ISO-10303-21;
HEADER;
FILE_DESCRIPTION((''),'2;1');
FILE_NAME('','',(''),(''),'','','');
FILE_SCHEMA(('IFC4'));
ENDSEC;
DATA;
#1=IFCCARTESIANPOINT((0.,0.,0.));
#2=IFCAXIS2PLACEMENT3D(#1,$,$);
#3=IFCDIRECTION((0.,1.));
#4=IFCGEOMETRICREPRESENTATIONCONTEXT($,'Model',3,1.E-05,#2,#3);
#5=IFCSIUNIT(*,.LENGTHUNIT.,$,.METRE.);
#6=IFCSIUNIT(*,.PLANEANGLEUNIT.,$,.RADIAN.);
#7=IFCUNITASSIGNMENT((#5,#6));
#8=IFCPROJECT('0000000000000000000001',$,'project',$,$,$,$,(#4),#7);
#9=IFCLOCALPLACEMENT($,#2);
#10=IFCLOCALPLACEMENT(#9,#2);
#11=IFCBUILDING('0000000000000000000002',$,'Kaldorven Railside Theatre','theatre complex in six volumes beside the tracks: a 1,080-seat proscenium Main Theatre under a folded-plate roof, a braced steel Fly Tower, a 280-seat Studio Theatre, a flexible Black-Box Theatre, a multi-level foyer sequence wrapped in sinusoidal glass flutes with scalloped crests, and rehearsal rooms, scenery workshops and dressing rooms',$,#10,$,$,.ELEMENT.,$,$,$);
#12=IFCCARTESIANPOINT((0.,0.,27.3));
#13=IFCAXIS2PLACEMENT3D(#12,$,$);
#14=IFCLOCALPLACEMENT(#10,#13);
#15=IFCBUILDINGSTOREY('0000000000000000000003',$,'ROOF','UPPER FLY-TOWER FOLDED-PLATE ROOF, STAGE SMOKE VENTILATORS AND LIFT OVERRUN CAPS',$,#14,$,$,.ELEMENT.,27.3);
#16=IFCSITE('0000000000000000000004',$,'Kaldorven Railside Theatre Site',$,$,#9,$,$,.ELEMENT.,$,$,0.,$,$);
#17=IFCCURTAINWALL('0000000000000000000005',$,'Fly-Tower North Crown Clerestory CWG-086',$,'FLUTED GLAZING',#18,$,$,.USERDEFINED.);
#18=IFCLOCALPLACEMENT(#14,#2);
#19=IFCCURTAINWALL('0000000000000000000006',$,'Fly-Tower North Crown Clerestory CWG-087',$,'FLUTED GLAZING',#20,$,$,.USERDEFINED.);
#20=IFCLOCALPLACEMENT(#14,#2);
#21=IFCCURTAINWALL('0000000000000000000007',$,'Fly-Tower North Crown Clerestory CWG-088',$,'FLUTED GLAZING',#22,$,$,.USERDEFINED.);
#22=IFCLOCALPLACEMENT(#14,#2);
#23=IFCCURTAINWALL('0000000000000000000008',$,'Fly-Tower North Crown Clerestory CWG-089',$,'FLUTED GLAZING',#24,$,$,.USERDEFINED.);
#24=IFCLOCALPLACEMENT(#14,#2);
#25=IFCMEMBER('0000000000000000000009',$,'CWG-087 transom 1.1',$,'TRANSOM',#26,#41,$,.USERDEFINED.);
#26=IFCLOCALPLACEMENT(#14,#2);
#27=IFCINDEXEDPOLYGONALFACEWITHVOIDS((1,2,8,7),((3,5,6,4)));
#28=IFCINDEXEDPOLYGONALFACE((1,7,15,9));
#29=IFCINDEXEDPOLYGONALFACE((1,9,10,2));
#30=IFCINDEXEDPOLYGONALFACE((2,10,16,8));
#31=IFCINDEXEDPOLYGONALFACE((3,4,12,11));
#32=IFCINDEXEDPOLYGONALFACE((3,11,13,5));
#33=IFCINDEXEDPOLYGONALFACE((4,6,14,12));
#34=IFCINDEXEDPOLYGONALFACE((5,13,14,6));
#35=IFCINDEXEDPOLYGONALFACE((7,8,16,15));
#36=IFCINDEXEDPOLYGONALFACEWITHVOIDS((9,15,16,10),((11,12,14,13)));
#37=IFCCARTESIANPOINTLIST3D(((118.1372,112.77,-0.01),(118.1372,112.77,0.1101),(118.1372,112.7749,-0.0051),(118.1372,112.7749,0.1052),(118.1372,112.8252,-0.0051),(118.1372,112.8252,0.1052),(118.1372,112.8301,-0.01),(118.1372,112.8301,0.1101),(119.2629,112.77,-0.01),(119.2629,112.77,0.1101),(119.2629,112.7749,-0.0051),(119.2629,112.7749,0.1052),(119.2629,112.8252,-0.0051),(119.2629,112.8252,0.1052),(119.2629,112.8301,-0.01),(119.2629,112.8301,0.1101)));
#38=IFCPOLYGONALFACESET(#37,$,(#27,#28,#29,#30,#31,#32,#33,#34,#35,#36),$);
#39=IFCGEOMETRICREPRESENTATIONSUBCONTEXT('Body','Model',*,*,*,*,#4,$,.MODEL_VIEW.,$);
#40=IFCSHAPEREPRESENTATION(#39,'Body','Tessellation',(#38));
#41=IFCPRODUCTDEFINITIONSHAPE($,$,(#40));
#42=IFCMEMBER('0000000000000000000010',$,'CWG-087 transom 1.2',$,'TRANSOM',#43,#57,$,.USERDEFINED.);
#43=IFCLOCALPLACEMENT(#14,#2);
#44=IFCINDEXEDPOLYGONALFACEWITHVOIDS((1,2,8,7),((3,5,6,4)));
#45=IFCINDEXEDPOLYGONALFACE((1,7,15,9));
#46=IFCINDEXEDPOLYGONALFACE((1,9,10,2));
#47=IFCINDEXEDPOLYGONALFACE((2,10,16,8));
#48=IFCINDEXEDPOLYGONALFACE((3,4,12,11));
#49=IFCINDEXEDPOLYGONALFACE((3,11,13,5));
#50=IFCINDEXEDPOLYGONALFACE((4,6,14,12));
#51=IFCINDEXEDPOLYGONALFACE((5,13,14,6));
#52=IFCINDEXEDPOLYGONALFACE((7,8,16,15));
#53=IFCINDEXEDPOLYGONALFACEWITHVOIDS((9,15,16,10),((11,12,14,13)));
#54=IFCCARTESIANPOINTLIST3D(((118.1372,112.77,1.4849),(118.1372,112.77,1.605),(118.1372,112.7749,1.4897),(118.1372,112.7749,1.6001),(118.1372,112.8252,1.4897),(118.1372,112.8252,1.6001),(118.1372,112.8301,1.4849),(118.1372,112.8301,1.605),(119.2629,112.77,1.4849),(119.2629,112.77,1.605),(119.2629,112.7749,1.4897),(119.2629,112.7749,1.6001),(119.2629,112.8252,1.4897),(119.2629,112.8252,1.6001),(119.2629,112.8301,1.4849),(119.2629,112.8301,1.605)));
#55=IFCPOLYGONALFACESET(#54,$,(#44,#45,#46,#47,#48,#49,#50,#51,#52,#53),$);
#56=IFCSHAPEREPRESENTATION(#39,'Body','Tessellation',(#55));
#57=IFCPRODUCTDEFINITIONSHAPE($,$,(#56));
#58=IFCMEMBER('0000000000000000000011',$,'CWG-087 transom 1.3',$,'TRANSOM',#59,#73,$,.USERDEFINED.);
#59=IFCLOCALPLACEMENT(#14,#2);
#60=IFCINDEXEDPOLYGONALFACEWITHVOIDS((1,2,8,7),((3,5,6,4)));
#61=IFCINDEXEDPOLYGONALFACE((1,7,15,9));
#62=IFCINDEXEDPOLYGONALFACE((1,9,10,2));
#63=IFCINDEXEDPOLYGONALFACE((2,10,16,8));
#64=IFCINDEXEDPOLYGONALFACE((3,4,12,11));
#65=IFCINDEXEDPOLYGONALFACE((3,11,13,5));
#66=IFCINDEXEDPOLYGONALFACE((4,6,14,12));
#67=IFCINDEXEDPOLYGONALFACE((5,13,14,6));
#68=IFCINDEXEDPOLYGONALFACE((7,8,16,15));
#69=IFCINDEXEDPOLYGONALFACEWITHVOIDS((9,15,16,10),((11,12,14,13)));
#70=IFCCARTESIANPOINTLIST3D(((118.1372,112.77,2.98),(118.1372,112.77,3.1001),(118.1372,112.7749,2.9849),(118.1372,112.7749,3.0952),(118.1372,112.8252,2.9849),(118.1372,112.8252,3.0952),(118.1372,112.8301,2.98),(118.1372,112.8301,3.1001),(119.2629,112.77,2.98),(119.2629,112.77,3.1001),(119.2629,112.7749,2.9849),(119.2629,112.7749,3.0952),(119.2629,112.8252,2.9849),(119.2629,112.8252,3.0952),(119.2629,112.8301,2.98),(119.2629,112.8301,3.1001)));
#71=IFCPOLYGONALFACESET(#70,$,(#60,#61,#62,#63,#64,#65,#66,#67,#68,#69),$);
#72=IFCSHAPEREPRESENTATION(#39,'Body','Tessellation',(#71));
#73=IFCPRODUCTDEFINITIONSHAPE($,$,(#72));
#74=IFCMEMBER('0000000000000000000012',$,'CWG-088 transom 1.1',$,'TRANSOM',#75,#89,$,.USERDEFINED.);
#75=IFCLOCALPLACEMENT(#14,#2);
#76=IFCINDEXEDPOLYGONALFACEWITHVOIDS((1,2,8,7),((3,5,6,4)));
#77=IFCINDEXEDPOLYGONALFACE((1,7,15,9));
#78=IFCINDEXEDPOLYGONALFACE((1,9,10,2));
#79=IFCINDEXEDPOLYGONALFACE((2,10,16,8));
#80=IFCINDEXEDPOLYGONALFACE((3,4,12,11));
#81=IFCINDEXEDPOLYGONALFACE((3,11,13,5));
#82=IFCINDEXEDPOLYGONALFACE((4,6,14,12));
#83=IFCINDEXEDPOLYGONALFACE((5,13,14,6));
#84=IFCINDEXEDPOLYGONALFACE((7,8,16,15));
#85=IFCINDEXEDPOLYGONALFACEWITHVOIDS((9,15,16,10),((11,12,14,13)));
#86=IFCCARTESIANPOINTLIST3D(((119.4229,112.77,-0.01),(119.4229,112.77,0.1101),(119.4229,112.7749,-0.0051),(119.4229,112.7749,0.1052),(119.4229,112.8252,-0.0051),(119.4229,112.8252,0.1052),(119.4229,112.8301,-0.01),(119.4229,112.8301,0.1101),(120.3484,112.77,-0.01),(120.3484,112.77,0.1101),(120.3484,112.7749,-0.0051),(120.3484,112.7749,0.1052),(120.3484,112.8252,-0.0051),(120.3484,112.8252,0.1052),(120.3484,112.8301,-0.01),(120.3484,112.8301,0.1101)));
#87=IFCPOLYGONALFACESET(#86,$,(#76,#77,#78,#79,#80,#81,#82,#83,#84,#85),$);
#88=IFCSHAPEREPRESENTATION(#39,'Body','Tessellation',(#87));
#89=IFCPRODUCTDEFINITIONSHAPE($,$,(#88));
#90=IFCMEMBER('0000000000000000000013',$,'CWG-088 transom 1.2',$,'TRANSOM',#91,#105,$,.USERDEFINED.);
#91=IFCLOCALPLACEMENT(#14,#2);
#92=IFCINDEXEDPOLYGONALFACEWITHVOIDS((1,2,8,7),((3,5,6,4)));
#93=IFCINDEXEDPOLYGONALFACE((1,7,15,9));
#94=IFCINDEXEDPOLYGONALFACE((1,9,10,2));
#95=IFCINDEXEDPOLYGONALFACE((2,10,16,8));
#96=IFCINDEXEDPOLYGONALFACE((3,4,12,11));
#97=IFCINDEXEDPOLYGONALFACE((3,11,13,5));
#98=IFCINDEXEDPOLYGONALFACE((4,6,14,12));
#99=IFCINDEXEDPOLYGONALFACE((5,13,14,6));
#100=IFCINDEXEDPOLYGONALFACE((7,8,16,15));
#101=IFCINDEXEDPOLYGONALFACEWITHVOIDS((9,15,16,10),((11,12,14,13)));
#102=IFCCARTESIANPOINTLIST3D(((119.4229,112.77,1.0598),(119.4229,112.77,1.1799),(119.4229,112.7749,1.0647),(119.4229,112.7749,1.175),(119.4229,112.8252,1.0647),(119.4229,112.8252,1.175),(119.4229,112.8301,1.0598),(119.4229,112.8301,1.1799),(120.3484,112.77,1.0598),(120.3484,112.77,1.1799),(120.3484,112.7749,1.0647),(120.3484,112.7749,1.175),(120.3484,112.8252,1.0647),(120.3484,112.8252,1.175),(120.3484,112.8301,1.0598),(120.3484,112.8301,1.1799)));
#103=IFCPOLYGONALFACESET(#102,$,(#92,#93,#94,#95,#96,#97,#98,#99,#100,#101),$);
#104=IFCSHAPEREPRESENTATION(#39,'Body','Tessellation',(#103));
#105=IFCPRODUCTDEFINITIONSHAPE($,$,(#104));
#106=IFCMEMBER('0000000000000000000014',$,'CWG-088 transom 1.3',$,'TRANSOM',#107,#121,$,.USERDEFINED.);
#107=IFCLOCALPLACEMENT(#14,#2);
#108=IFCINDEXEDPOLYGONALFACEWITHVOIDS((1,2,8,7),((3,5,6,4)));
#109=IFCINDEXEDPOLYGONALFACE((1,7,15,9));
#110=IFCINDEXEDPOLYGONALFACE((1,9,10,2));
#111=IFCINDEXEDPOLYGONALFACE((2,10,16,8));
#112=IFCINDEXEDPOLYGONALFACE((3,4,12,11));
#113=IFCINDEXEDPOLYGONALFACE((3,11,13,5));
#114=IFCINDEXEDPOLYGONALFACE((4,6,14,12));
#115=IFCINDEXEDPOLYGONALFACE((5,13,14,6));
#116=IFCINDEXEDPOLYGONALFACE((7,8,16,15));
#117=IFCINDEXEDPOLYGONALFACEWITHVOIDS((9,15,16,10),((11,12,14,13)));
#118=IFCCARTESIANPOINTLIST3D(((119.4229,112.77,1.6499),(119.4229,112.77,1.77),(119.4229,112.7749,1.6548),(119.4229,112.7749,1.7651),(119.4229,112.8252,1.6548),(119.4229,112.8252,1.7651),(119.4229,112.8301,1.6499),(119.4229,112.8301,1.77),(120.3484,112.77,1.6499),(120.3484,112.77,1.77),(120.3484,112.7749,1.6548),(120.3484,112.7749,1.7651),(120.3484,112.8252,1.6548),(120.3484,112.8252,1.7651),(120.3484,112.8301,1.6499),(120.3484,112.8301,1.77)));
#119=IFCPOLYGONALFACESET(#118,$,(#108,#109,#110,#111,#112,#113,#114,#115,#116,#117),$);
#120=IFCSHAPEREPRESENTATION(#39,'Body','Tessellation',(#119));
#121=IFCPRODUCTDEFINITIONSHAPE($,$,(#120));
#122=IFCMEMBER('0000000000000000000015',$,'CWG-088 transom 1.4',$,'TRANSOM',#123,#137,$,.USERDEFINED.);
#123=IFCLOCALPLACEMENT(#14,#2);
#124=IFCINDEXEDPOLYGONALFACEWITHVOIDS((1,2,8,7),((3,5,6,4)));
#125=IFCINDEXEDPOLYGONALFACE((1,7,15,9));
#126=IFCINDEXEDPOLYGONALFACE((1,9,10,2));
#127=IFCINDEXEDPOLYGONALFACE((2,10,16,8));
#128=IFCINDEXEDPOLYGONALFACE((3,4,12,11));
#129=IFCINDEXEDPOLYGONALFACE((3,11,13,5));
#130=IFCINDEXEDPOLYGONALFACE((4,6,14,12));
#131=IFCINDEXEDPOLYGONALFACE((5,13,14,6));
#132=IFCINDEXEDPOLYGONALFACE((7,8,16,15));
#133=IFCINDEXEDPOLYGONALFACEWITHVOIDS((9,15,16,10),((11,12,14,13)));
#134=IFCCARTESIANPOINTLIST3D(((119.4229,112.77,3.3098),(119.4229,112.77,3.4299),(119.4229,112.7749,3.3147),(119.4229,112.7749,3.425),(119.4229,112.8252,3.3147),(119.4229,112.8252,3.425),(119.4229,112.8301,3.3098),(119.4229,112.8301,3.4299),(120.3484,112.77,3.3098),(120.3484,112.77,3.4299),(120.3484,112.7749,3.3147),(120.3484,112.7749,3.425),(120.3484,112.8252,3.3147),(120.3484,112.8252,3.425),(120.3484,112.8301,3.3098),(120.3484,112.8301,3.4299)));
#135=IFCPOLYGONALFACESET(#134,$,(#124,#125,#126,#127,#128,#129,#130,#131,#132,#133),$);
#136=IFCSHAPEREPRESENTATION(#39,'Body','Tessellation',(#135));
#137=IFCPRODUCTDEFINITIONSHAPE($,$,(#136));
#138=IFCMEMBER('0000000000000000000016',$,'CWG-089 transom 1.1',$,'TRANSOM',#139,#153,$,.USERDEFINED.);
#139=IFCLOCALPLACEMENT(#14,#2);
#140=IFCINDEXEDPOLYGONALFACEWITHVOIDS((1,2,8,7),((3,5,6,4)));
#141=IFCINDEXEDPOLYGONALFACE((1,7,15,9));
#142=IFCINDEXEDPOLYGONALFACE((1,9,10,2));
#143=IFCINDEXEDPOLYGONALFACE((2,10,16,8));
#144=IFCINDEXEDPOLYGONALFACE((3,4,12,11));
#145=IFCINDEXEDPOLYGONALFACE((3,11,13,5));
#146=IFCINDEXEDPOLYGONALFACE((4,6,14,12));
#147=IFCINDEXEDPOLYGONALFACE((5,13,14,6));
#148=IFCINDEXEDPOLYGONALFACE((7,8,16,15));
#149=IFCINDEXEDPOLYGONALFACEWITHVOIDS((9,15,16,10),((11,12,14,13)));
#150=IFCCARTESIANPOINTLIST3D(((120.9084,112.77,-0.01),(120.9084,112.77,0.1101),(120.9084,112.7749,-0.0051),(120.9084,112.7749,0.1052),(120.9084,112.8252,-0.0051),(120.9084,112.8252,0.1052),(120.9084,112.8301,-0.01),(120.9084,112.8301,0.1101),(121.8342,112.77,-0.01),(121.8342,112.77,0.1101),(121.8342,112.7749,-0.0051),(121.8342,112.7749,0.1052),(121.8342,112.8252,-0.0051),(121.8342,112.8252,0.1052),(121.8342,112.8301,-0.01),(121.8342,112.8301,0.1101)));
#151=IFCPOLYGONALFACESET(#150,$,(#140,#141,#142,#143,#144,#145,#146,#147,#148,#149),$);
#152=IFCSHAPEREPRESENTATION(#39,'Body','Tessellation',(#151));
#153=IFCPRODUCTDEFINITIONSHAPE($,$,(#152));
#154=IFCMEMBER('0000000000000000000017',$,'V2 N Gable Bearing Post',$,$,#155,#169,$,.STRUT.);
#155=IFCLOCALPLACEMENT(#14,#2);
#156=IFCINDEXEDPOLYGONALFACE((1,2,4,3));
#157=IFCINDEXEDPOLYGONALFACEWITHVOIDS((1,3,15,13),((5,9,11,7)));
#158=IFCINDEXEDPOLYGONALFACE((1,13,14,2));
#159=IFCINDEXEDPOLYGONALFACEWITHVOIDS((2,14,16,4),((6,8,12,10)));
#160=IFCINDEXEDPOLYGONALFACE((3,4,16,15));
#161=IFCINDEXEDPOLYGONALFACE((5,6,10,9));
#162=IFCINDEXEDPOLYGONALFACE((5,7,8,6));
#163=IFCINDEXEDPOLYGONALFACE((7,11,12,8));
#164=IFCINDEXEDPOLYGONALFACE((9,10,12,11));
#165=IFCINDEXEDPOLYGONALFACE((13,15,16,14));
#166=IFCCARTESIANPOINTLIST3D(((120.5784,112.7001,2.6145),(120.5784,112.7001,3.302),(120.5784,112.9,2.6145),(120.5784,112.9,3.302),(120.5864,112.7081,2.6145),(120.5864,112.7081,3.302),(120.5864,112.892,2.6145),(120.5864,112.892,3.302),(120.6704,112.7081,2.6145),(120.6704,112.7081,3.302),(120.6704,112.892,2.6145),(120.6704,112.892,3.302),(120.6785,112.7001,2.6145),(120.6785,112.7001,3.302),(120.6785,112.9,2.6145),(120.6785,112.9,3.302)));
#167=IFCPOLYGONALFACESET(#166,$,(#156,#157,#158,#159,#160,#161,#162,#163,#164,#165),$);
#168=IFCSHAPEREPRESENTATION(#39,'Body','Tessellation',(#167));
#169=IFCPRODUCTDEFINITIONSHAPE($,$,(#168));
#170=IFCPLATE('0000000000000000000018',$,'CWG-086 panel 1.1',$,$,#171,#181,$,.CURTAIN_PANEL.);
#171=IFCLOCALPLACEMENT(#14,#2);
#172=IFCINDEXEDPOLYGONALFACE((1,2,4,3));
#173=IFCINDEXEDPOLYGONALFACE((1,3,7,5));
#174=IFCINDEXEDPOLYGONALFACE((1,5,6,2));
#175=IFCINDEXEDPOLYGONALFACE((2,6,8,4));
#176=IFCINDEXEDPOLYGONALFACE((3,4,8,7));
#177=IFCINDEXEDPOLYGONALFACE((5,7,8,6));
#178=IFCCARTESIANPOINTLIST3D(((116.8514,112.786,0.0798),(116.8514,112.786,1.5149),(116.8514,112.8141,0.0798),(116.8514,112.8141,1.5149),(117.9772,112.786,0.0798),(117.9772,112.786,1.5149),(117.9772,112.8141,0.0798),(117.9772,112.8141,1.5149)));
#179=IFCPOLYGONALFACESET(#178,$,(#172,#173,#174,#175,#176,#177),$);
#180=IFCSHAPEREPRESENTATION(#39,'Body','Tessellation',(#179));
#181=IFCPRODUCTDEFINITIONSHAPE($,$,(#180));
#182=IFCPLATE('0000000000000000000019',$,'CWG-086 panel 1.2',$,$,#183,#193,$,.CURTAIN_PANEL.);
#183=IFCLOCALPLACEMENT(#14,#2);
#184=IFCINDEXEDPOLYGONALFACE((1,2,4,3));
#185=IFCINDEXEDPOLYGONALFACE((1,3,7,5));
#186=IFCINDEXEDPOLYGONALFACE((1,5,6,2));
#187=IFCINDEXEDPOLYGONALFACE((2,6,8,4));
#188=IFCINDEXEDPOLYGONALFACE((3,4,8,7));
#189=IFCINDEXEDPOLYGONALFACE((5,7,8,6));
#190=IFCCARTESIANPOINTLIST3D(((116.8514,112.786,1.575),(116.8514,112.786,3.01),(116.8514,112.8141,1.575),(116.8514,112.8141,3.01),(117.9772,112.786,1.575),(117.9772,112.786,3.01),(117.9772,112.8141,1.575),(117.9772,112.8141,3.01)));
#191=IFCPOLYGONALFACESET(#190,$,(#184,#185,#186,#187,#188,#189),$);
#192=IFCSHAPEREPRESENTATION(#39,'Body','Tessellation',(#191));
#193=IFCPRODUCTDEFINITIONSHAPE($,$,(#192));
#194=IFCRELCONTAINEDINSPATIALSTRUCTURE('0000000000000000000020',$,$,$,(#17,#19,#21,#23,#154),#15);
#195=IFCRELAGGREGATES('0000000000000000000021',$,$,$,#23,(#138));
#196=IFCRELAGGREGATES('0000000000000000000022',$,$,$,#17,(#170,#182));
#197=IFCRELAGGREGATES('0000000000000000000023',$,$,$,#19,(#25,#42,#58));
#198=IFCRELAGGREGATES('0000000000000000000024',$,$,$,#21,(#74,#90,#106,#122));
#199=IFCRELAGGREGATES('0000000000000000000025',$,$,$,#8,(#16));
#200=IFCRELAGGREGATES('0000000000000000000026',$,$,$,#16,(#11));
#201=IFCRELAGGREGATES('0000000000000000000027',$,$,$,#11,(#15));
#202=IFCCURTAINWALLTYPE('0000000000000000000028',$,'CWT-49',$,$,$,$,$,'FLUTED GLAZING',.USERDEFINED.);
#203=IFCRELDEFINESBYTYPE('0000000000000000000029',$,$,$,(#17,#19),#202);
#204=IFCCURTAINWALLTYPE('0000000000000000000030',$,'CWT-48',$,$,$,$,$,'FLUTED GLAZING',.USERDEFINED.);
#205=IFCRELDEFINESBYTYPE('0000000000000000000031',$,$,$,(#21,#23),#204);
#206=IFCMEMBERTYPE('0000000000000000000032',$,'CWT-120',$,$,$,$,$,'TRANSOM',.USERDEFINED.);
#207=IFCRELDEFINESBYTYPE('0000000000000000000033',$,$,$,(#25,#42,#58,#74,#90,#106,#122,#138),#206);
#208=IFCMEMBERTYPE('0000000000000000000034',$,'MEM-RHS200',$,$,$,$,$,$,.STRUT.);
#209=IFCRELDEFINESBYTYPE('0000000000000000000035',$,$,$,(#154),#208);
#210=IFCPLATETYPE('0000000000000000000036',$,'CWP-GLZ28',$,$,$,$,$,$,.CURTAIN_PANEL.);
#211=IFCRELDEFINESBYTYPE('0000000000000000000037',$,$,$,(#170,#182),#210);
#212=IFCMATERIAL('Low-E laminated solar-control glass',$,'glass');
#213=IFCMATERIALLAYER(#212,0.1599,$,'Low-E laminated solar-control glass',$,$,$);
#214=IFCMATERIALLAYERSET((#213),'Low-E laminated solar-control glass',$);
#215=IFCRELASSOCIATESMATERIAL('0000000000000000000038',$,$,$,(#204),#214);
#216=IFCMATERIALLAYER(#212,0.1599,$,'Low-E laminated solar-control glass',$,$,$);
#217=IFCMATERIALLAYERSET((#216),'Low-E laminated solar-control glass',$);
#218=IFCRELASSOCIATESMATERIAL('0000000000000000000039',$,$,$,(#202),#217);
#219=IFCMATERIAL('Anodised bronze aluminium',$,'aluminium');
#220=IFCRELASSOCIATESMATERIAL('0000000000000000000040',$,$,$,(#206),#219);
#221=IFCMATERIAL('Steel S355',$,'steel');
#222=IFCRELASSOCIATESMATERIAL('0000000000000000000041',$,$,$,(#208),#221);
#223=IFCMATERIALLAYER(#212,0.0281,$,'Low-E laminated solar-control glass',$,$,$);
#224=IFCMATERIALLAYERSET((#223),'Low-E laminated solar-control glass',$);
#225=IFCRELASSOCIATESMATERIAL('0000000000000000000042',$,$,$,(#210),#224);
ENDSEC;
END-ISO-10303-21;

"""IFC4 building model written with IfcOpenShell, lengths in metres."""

from ifc_helpers import new_model, si_unit, direction, frame, origin, origin_2d, place, context, subcontext, project, spatial, rectangle, hollow_rectangle, extrude, material, layer, layer_set, material_profile, profile_set, type_object, element, aggregate, save


model = new_model("IFC4")

# Units and contexts
model_context = context("Model", 3, precision=1e-05, world=origin(), true_north=direction((0.0, 1.0)))
body_context = subcontext(model_context, "Body", "Model", "MODEL_VIEW")
ifc_project = project(units=[si_unit("LENGTHUNIT", "METRE"), si_unit("PLANEANGLEUNIT", "RADIAN")], contexts=[model_context])

# Site, building, storey
site_placement = place(None, origin())
site = spatial("IfcSite", under=ifc_project, at=site_placement, Name="Kaldorven Railside Theatre Site", CompositionType="ELEMENT", RefElevation=0.0)
building_placement = place(site_placement, origin())
building = spatial("IfcBuilding", under=site, at=building_placement, Name="Kaldorven Railside Theatre", Description="theatre complex in six volumes beside the tracks: a 1,080-seat proscenium Main Theatre under a folded-plate roof, a braced steel Fly Tower, a 280-seat Studio Theatre, a flexible Black-Box Theatre, a multi-level foyer sequence wrapped in sinusoidal glass flutes with scalloped crests, and rehearsal rooms, scenery workshops and dressing rooms", CompositionType="ELEMENT")
storey_placement = place(building_placement, frame((0.0, 0.0, 27.3)))
storey = spatial("IfcBuildingStorey", under=building, at=storey_placement, Name="ROOF", Description="UPPER FLY-TOWER FOLDED-PLATE ROOF, STAGE SMOKE VENTILATORS AND LIFT OVERRUN CAPS", CompositionType="ELEMENT", Elevation=27.3)

# Shared definitions
ifc_material_1 = material(Name="Low-E laminated solar-control glass", Category="glass")
ifc_layer_1 = layer(ifc_material_1, 0.1599, Name="Low-E laminated solar-control glass")
ifc_layer_set_1 = layer_set([ifc_layer_1], Name="Low-E laminated solar-control glass")
curtain_wall_type_1 = type_object("IfcCurtainWallType", Name="CWT-48", ElementType="FLUTED GLAZING", PredefinedType="USERDEFINED", material=ifc_layer_set_1)
ifc_material_2 = material(Name="Anodised bronze aluminium", Category="aluminium")

# Curtain walls
ifc_layer_2 = layer(ifc_material_1, 0.1599, Name="Low-E laminated solar-control glass")
ifc_layer_set_2 = layer_set([ifc_layer_2], Name="Low-E laminated solar-control glass")
curtain_wall_type_2 = type_object("IfcCurtainWallType", Name="CWT-49", ElementType="FLUTED GLAZING", PredefinedType="USERDEFINED", material=ifc_layer_set_2)
curtain_wall_1_placement = place(storey_placement, origin())
curtain_wall_1 = element("IfcCurtainWall", 1, at=curtain_wall_1_placement, inside=storey, type_object=curtain_wall_type_2, Name="Fly-Tower North Crown Clerestory CWG-086", ObjectType="FLUTED GLAZING", PredefinedType="USERDEFINED")
curtain_wall_2_placement = place(storey_placement, origin())
curtain_wall_2 = element("IfcCurtainWall", 2, at=curtain_wall_2_placement, inside=storey, type_object=curtain_wall_type_2, Name="Fly-Tower North Crown Clerestory CWG-087", ObjectType="FLUTED GLAZING", PredefinedType="USERDEFINED")
curtain_wall_3_placement = place(storey_placement, origin())
curtain_wall_3 = element("IfcCurtainWall", 3, at=curtain_wall_3_placement, inside=storey, type_object=curtain_wall_type_1, Name="Fly-Tower North Crown Clerestory CWG-088", ObjectType="FLUTED GLAZING", PredefinedType="USERDEFINED")

# Curtain wall
curtain_wall_4_placement = place(storey_placement, origin())
curtain_wall_4 = element("IfcCurtainWall", 4, at=curtain_wall_4_placement, inside=storey, type_object=curtain_wall_type_1, Name="Fly-Tower North Crown Clerestory CWG-089", ObjectType="FLUTED GLAZING", PredefinedType="USERDEFINED")

# Members
ifc_material_profile_1 = material_profile(ifc_material_2, hollow_rectangle(XDim=0.0601, YDim=0.1201, WallThickness=0.0049, at=origin_2d()), Name="RHS 120x60x5")
ifc_profile_set_1 = profile_set([ifc_material_profile_1], Name="Anodised bronze aluminium")
member_type_1 = type_object("IfcMemberType", Name="CWT-120", ElementType="TRANSOM", PredefinedType="USERDEFINED", material=ifc_profile_set_1)
member_1_placement = place(storey_placement, frame((118.1372, 112.8, 0.05), z_axis=(1.0, 0.0, 0.0), x_axis=(0.0, 1.0, 0.0)))
member_1 = element("IfcMember", 5, at=member_1_placement, type_object=member_type_1, Name="CWG-087 transom 1.1", ObjectType="TRANSOM", PredefinedType="USERDEFINED", context=body_context, shape_type="SweptSolid", body=[
    extrude(hollow_rectangle(XDim=0.0601, YDim=0.1201, WallThickness=0.0049, at=origin_2d()), origin(), (0.0, 0.0, 1.0), 1.1257),
])
member_2_placement = place(storey_placement, frame((118.1372, 112.8, 1.5449), z_axis=(1.0, 0.0, 0.0), x_axis=(0.0, 1.0, 0.0)))
member_2 = element("IfcMember", 6, at=member_2_placement, type_object=member_type_1, Name="CWG-087 transom 1.2", ObjectType="TRANSOM", PredefinedType="USERDEFINED", context=body_context, shape_type="SweptSolid", body=[
    extrude(hollow_rectangle(XDim=0.0601, YDim=0.1201, WallThickness=0.0049, at=origin_2d()), origin(), (0.0, 0.0, 1.0), 1.1257),
])
member_3_placement = place(storey_placement, frame((118.1372, 112.8, 3.04), z_axis=(1.0, 0.0, 0.0), x_axis=(0.0, 1.0, 0.0)))
member_3 = element("IfcMember", 7, at=member_3_placement, type_object=member_type_1, Name="CWG-087 transom 1.3", ObjectType="TRANSOM", PredefinedType="USERDEFINED", context=body_context, shape_type="SweptSolid", body=[
    extrude(hollow_rectangle(XDim=0.0601, YDim=0.1201, WallThickness=0.0049, at=origin_2d()), origin(), (0.0, 0.0, 1.0), 1.1257),
])
member_4_placement = place(storey_placement, frame((119.4229, 112.8, 0.05), z_axis=(1.0, 0.0, 0.0), x_axis=(0.0, 1.0, 0.0)))
member_4 = element("IfcMember", 8, at=member_4_placement, type_object=member_type_1, Name="CWG-088 transom 1.1", ObjectType="TRANSOM", PredefinedType="USERDEFINED", context=body_context, shape_type="SweptSolid", body=[
    extrude(hollow_rectangle(XDim=0.0601, YDim=0.1201, WallThickness=0.0049, at=origin_2d()), origin(), (0.0, 0.0, 1.0), 0.9255),
])
member_5_placement = place(storey_placement, frame((119.4229, 112.8, 1.1199), z_axis=(1.0, 0.0, 0.0), x_axis=(0.0, 1.0, 0.0)))
member_5 = element("IfcMember", 9, at=member_5_placement, type_object=member_type_1, Name="CWG-088 transom 1.2", ObjectType="TRANSOM", PredefinedType="USERDEFINED", context=body_context, shape_type="SweptSolid", body=[
    extrude(hollow_rectangle(XDim=0.0601, YDim=0.1201, WallThickness=0.0049, at=origin_2d()), origin(), (0.0, 0.0, 1.0), 0.9255),
])
member_6_placement = place(storey_placement, frame((119.4229, 112.8, 1.71), z_axis=(1.0, 0.0, 0.0), x_axis=(0.0, 1.0, 0.0)))
member_6 = element("IfcMember", 10, at=member_6_placement, type_object=member_type_1, Name="CWG-088 transom 1.3", ObjectType="TRANSOM", PredefinedType="USERDEFINED", context=body_context, shape_type="SweptSolid", body=[
    extrude(hollow_rectangle(XDim=0.0601, YDim=0.1201, WallThickness=0.0049, at=origin_2d()), origin(), (0.0, 0.0, 1.0), 0.9255),
])
member_7_placement = place(storey_placement, frame((119.4229, 112.8, 3.3699), z_axis=(1.0, 0.0, 0.0), x_axis=(0.0, 1.0, 0.0)))
member_7 = element("IfcMember", 11, at=member_7_placement, type_object=member_type_1, Name="CWG-088 transom 1.4", ObjectType="TRANSOM", PredefinedType="USERDEFINED", context=body_context, shape_type="SweptSolid", body=[
    extrude(hollow_rectangle(XDim=0.0601, YDim=0.1201, WallThickness=0.0049, at=origin_2d()), origin(), (0.0, 0.0, 1.0), 0.9255),
])
member_8_placement = place(storey_placement, frame((120.9084, 112.8, 0.05), z_axis=(1.0, 0.0, 0.0), x_axis=(0.0, 1.0, 0.0)))
member_8 = element("IfcMember", 12, at=member_8_placement, type_object=member_type_1, Name="CWG-089 transom 1.1", ObjectType="TRANSOM", PredefinedType="USERDEFINED", context=body_context, shape_type="SweptSolid", body=[
    extrude(hollow_rectangle(XDim=0.0601, YDim=0.1201, WallThickness=0.0049, at=origin_2d()), origin(), (0.0, 0.0, 1.0), 0.9258),
])
aggregate(curtain_wall_4, [member_8])
ifc_material_3 = material(Name="Steel S355", Category="steel")
ifc_material_profile_2 = material_profile(ifc_material_3, hollow_rectangle(XDim=0.1001, YDim=0.2, WallThickness=0.0081, at=origin_2d()), Name="RHS 200x100x8")
ifc_profile_set_2 = profile_set([ifc_material_profile_2], Name="Steel S355")
member_type_2 = type_object("IfcMemberType", Name="MEM-RHS200", PredefinedType="STRUT", material=ifc_profile_set_2)
member_9_placement = place(storey_placement, frame((120.6284, 112.8, 2.6145), z_axis=(0.0, 0.0, 1.0), x_axis=(1.0, 0.0, 0.0)))
element("IfcMember", 13, at=member_9_placement, inside=storey, type_object=member_type_2, Name="V2 N Gable Bearing Post", PredefinedType="STRUT", context=body_context, shape_type="SweptSolid", body=[
    extrude(hollow_rectangle(XDim=0.1001, YDim=0.2, WallThickness=0.0081, at=origin_2d()), origin(), (0.0, 0.0, 1.0), 0.6875),
])

# Plates
ifc_layer_3 = layer(ifc_material_1, 0.0281, Name="Low-E laminated solar-control glass")
ifc_layer_set_3 = layer_set([ifc_layer_3], Name="Low-E laminated solar-control glass")
plate_type_1 = type_object("IfcPlateType", Name="CWP-GLZ28", PredefinedType="CURTAIN_PANEL", material=ifc_layer_set_3)
plate_1_placement = place(storey_placement, frame((117.4143, 112.8, 0.0798), z_axis=(0.0, 0.0, 1.0), x_axis=(1.0, 0.0, 0.0)))
plate_1 = element("IfcPlate", 14, at=plate_1_placement, type_object=plate_type_1, Name="CWG-086 panel 1.1", PredefinedType="CURTAIN_PANEL", context=body_context, shape_type="SweptSolid", body=[
    extrude(rectangle(XDim=1.1257, YDim=0.0281, at=origin_2d()), origin(), (0.0, 0.0, 1.0), 1.4351),
])
plate_2_placement = place(storey_placement, frame((117.4143, 112.8, 1.575), z_axis=(0.0, 0.0, 1.0), x_axis=(1.0, 0.0, 0.0)))
plate_2 = element("IfcPlate", 15, at=plate_2_placement, type_object=plate_type_1, Name="CWG-086 panel 1.2", PredefinedType="CURTAIN_PANEL", context=body_context, shape_type="SweptSolid", body=[
    extrude(rectangle(XDim=1.1257, YDim=0.0281, at=origin_2d()), origin(), (0.0, 0.0, 1.0), 1.4351),
])
aggregate(curtain_wall_1, [plate_1, plate_2])
aggregate(curtain_wall_2, [member_1, member_2, member_3])
aggregate(curtain_wall_3, [member_4, member_5, member_6, member_7])

save(model, "model.ifc")
